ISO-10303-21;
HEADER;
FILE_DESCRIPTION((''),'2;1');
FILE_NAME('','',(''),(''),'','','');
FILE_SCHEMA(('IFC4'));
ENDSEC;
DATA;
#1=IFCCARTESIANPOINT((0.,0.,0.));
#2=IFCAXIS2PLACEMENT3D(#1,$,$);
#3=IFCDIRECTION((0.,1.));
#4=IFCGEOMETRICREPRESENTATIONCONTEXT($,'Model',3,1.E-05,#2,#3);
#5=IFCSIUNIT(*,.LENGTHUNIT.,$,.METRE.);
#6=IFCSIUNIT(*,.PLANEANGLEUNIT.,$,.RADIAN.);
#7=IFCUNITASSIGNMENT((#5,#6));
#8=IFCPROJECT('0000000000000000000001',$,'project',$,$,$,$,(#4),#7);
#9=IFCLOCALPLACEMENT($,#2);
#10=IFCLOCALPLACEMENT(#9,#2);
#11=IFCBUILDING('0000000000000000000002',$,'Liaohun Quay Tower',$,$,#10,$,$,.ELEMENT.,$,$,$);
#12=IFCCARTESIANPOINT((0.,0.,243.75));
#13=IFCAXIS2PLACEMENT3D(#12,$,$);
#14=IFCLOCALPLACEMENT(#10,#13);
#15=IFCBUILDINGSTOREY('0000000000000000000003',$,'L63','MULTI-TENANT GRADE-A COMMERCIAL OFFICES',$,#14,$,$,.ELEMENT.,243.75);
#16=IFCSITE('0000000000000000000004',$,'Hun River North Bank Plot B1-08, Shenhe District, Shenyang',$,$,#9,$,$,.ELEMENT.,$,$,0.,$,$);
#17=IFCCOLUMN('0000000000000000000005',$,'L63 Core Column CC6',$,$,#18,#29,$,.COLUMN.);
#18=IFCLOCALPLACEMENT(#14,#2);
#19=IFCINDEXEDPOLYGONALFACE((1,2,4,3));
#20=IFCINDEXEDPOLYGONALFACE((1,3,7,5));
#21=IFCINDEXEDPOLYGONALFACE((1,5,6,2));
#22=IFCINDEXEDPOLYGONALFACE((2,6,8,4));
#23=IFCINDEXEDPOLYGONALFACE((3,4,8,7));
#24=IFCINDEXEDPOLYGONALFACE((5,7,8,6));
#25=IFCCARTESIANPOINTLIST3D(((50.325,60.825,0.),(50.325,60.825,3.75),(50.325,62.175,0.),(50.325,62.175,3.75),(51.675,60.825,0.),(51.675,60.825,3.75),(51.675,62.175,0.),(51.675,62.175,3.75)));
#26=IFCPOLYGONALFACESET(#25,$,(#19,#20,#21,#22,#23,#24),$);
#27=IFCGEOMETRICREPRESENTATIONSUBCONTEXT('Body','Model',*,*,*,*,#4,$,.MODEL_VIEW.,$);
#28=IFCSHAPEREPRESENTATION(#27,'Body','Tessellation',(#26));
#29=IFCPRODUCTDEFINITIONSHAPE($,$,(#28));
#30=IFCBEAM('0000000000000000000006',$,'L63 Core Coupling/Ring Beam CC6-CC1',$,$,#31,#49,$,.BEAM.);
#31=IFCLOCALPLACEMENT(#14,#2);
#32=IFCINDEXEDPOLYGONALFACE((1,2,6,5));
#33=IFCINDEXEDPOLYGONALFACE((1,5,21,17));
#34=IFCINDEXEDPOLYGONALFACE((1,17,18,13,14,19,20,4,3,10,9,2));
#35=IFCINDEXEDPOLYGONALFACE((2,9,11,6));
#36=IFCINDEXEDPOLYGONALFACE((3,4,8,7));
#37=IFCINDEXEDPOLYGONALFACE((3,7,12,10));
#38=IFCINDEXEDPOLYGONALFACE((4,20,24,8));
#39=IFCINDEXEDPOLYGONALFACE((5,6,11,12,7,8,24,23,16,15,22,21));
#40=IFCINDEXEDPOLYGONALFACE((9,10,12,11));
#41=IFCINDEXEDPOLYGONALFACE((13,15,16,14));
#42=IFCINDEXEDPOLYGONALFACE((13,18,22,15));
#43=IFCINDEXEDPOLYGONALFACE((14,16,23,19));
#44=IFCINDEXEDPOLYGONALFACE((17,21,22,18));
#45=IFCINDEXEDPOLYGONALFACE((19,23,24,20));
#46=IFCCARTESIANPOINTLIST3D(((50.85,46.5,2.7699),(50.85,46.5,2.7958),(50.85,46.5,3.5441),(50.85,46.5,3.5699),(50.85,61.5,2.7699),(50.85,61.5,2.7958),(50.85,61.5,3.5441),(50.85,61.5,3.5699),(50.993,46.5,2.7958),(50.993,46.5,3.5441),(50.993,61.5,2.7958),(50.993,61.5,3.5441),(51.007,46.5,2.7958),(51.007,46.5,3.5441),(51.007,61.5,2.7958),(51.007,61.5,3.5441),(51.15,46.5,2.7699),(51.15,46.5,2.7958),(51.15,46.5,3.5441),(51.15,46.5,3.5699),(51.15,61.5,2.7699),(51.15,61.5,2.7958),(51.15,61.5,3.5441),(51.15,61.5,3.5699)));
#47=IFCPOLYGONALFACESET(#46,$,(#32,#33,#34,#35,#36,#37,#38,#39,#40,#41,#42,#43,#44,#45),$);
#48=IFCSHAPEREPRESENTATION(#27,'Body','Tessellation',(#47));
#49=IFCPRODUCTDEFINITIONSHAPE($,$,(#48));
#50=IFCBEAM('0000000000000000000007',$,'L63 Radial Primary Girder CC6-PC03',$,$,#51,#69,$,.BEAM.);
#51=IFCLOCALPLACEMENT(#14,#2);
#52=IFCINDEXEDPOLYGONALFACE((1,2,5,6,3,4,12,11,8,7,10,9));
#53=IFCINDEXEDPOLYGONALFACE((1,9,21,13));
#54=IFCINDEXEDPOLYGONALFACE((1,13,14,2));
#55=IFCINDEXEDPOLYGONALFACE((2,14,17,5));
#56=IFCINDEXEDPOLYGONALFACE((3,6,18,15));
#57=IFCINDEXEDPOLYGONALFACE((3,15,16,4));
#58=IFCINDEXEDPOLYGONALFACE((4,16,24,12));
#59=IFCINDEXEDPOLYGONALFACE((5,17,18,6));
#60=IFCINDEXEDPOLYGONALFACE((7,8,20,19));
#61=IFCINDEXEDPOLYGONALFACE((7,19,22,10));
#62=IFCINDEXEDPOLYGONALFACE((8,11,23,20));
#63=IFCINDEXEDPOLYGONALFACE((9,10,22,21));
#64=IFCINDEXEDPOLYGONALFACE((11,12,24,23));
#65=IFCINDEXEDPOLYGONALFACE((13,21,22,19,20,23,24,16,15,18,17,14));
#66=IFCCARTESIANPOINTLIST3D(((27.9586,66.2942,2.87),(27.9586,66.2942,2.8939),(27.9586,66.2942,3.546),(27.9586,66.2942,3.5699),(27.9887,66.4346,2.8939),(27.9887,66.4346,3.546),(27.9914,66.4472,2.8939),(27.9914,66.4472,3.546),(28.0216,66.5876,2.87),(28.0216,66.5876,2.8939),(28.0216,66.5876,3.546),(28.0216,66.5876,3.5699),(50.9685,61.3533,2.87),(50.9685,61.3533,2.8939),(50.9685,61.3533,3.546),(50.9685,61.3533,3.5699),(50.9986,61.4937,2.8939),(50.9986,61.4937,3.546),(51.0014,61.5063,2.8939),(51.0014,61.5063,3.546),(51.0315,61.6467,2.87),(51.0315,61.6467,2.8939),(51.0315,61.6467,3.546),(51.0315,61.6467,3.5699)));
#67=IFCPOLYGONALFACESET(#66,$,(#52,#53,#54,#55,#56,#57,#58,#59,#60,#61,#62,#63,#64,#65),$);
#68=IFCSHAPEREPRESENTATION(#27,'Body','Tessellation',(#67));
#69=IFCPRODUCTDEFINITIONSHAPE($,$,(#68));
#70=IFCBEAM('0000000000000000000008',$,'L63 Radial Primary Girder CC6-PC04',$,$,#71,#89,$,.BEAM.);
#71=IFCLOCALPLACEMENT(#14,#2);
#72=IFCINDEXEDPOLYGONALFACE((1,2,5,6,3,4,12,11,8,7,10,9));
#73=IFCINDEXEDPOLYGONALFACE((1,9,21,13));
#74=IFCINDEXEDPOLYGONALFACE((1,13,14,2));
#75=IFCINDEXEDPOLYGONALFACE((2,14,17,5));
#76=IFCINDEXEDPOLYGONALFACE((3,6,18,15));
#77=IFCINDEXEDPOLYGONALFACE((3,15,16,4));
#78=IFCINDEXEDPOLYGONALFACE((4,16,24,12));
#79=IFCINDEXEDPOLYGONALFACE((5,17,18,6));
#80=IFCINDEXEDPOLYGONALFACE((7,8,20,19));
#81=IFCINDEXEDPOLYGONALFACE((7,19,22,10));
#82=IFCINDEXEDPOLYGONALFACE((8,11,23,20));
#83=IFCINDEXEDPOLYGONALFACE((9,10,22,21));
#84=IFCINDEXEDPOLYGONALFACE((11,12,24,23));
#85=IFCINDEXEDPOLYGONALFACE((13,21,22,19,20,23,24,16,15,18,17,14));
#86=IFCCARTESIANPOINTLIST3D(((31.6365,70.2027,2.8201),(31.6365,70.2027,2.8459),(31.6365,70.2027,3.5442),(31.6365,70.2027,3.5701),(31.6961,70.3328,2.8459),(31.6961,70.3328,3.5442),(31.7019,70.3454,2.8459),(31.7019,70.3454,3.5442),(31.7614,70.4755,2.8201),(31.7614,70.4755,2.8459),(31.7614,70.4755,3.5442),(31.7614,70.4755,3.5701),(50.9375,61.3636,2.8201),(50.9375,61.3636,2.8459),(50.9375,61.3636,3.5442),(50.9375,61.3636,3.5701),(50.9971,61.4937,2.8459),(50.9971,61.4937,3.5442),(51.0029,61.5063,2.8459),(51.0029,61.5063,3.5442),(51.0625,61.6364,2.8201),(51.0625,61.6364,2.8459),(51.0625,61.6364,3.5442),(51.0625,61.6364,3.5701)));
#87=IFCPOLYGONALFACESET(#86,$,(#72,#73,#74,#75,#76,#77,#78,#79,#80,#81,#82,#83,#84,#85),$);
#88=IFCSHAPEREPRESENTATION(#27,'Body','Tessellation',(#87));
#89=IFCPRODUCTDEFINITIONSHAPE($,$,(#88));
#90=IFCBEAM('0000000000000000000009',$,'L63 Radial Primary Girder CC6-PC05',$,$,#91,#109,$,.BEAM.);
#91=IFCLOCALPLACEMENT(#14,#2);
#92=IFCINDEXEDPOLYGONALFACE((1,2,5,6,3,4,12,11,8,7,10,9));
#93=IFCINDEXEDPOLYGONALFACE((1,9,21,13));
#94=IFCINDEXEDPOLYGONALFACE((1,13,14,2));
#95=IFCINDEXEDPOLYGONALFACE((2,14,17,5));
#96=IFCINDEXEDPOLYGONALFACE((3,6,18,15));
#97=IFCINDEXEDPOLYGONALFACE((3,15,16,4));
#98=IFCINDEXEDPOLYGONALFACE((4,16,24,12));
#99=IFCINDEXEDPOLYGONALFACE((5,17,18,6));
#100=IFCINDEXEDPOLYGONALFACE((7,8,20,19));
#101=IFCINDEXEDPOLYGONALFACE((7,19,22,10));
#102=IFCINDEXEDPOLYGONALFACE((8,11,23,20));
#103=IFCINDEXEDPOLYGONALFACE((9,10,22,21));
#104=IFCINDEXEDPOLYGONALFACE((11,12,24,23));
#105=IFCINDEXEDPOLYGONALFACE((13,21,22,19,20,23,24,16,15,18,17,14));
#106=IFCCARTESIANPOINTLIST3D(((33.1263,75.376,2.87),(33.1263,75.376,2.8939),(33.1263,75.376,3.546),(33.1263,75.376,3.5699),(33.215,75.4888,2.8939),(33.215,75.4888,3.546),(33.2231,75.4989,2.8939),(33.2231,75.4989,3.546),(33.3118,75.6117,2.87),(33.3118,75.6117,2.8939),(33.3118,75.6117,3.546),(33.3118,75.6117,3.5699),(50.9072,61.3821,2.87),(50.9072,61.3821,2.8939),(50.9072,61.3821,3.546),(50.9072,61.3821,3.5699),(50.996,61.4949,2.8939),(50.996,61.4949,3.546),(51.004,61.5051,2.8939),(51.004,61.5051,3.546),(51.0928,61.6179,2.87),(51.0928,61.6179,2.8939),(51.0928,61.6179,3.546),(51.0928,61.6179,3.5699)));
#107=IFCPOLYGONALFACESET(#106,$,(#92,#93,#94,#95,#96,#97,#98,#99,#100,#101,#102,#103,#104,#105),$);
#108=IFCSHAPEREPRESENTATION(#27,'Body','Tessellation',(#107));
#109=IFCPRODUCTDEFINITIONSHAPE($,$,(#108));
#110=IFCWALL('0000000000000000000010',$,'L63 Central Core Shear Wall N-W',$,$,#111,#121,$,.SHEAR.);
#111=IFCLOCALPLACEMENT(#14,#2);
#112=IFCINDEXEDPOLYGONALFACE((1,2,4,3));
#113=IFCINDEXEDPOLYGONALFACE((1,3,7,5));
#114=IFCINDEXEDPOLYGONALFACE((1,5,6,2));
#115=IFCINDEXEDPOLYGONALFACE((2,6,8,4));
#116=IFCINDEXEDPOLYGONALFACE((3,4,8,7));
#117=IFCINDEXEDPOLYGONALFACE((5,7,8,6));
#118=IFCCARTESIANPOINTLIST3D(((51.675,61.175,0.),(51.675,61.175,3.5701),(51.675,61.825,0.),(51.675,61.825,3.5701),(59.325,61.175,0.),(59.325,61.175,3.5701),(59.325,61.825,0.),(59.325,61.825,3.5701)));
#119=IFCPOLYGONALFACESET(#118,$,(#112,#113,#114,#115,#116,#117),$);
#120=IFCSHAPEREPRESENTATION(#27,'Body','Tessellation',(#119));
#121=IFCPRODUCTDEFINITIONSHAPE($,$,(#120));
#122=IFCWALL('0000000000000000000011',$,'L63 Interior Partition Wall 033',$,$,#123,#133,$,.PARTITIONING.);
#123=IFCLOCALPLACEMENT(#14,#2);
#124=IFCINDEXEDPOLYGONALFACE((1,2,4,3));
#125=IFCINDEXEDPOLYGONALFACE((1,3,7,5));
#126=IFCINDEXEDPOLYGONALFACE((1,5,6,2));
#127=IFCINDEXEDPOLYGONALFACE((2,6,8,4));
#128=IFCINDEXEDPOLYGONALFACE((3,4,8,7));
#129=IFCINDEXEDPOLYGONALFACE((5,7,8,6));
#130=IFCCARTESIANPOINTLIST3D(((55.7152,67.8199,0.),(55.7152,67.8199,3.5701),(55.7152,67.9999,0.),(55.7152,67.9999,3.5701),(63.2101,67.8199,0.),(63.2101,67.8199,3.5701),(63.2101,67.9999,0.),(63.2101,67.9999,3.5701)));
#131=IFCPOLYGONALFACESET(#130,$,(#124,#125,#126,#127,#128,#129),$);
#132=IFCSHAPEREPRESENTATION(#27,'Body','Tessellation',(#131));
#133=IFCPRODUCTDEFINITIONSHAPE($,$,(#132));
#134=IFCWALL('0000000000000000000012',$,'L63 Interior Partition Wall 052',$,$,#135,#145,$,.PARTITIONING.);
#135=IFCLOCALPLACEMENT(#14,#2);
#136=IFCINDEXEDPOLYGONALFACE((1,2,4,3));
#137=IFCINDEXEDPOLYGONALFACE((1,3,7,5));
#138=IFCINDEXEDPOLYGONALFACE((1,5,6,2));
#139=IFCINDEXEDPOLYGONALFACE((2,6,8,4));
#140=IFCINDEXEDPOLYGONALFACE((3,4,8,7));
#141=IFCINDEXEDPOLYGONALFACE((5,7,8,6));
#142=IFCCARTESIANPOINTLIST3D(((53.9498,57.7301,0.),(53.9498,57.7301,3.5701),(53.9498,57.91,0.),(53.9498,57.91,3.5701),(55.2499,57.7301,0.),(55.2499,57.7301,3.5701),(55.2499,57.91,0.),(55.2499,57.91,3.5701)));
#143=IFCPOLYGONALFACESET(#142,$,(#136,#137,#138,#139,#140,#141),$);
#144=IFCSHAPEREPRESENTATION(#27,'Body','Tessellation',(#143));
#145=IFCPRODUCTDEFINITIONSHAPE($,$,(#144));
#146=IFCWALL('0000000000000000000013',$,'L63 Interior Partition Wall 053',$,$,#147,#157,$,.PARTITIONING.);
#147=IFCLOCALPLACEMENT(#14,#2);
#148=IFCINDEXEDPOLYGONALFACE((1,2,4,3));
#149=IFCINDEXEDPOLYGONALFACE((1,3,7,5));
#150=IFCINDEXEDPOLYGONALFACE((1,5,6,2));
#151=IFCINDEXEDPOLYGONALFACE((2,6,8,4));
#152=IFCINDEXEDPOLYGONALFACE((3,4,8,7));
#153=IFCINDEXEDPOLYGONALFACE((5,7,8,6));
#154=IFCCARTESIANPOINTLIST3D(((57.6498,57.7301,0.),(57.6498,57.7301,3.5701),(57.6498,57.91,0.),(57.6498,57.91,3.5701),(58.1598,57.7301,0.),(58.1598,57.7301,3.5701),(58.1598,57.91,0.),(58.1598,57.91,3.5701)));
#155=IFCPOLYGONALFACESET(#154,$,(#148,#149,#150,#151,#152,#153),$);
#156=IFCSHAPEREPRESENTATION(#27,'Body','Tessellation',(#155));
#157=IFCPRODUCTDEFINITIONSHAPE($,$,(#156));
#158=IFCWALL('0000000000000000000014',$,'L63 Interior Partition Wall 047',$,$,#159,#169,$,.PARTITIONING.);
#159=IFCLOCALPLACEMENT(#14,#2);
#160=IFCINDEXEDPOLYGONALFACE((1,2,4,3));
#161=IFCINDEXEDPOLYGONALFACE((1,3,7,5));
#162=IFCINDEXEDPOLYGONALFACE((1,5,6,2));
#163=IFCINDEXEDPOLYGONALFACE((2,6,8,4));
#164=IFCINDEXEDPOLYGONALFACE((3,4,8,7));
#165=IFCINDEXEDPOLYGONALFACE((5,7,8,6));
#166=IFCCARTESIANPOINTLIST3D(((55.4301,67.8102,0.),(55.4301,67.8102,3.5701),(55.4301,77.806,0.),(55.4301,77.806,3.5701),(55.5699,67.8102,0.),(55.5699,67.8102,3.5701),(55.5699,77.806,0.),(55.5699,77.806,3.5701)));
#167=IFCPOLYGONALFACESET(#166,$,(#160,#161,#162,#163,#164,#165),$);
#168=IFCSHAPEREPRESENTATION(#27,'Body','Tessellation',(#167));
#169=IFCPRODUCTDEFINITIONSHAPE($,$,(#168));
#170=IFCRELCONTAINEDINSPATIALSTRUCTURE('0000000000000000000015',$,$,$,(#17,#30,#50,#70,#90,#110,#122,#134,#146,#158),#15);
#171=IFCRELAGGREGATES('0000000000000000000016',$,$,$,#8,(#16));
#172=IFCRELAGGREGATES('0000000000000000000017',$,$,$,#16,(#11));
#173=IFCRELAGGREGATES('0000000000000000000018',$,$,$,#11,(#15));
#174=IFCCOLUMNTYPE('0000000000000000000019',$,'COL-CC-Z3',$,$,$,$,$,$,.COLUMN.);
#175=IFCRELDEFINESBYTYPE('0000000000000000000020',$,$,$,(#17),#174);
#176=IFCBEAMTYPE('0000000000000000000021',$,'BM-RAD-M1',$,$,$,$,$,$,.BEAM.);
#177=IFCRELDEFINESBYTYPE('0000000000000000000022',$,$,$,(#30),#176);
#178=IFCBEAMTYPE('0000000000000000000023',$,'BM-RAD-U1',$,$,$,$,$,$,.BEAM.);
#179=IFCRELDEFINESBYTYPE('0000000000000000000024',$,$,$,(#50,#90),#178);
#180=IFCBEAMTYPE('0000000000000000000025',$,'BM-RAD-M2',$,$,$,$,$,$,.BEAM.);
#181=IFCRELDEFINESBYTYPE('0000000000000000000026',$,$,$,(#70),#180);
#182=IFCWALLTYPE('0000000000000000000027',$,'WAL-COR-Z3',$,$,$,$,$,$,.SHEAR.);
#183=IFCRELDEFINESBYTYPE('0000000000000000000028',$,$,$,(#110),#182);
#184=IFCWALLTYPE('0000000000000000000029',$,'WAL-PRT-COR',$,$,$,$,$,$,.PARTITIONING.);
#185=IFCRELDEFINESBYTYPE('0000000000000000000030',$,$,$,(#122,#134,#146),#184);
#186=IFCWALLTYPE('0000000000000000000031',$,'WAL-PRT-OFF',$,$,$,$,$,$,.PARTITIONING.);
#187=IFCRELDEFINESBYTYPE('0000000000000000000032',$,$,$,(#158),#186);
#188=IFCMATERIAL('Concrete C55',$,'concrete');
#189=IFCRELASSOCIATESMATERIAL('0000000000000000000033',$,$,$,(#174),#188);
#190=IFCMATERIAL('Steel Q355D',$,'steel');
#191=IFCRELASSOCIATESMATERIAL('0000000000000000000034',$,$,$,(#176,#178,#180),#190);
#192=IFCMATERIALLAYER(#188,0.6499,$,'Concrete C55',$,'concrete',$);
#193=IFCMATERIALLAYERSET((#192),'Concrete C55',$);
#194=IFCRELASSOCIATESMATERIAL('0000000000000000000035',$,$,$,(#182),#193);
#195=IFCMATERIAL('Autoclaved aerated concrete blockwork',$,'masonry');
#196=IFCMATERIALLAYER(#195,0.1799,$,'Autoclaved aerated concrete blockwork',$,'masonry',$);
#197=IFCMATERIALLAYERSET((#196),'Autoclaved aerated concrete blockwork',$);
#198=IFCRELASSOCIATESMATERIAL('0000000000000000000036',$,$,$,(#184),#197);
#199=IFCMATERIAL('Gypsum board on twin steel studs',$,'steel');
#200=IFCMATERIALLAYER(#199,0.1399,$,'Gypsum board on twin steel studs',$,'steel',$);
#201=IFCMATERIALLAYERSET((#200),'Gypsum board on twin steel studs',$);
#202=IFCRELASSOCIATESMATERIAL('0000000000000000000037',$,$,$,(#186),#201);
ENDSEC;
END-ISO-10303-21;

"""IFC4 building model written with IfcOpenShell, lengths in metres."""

from ifc_helpers import new_model, si_unit, direction, frame, frame_2d, origin, origin_2d, place, context, subcontext, project, spatial, rectangle, i_section, extrude, source, transform, mapped, material, layer, layer_set, material_profile, profile_set, type_object, element, save


model = new_model("IFC4")

# Units and contexts
model_context = context("Model", 3, precision=1e-05, world=origin(), true_north=direction((0.0, 1.0)))
body_context = subcontext(model_context, "Body", "Model", "MODEL_VIEW")
ifc_project = project(units=[si_unit("LENGTHUNIT", "METRE"), si_unit("PLANEANGLEUNIT", "RADIAN")], contexts=[model_context])

# Site, building, storey
site_placement = place(None, origin())
site = spatial("IfcSite", under=ifc_project, at=site_placement, Name="Hun River North Bank Plot B1-08, Shenhe District, Shenyang", CompositionType="ELEMENT", RefElevation=0.0)
building_placement = place(site_placement, origin())
building = spatial("IfcBuilding", under=site, at=building_placement, Name="Liaohun Quay Tower", CompositionType="ELEMENT")
storey_placement = place(building_placement, frame((0.0, 0.0, 243.75)))
storey = spatial("IfcBuildingStorey", under=building, at=storey_placement, Name="L63", Description="MULTI-TENANT GRADE-A COMMERCIAL OFFICES", CompositionType="ELEMENT", Elevation=243.75)

# Column
ifc_material_1 = material(Name="Concrete C55", Category="concrete")
ifc_material_profile_1 = material_profile(ifc_material_1, rectangle(XDim=1.3501, YDim=1.3501, at=origin_2d()), Name="RC1350x1350")
ifc_profile_set_1 = profile_set([ifc_material_profile_1], Name="Concrete C55")
column_type = type_object("IfcColumnType", Name="COL-CC-Z3", PredefinedType="COLUMN", material=ifc_profile_set_1)
shared_shape_1 = source(origin(), body_context, "Body", "SweptSolid", [
    extrude(rectangle(XDim=1.3501, YDim=1.3501, at=origin_2d()), origin(), (0.0, 0.0, 1.0), 3.75),
])
column_placement = place(storey_placement, frame((51.0, 61.5, 0.0), z_axis=(0.0, 0.0, 1.0), x_axis=(1.0, 0.0, 0.0)))
element("IfcColumn", 1, at=column_placement, inside=storey, type_object=column_type, Name="L63 Core Column CC6", PredefinedType="COLUMN", context=body_context, shape_type="MappedRepresentation", body=[
    mapped(shared_shape_1, transform((0.0, 0.0, 0.0), x_axis=(1.0, 0.0, 0.0), y_axis=(0.0, 1.0, 0.0), z_axis=(0.0, 0.0, 1.0), scale=1.0)),
])

# Beams
ifc_material_2 = material(Name="Steel Q355D", Category="steel")
ifc_material_profile_2 = material_profile(ifc_material_2, i_section(OverallWidth=0.3, OverallDepth=0.8, WebThickness=0.0139, FlangeThickness=0.0259, at=origin_2d()), Name="HN800x300x14x26")
ifc_profile_set_2 = profile_set([ifc_material_profile_2], Name="Steel Q355D")
beam_type_1 = type_object("IfcBeamType", Name="BM-RAD-M1", PredefinedType="BEAM", material=ifc_profile_set_2)
shared_shape_2 = source(origin(), body_context, "Body", "SweptSolid", [
    extrude(i_section(OverallWidth=0.3, OverallDepth=0.8, WebThickness=0.0139, FlangeThickness=0.0259, at=origin_2d()), origin(), (0.0, 0.0, 1.0), 15.0),
])
beam_1_placement = place(storey_placement, frame((51.0, 61.5, 3.1699), z_axis=(0.0, -1.0, 0.0), x_axis=(1.0, 0.0, 0.0)))
element("IfcBeam", 2, at=beam_1_placement, inside=storey, type_object=beam_type_1, Name="L63 Core Coupling/Ring Beam CC6-CC1", PredefinedType="BEAM", context=body_context, shape_type="MappedRepresentation", body=[
    mapped(shared_shape_2, transform((0.0, 0.0, 0.0), x_axis=(1.0, 0.0, 0.0), y_axis=(0.0, 1.0, 0.0), z_axis=(0.0, 0.0, 1.0), scale=1.0)),
])
ifc_material_profile_3 = material_profile(ifc_material_2, i_section(OverallWidth=0.3, OverallDepth=0.7, WebThickness=0.0129, FlangeThickness=0.0239, at=origin_2d()), Name="HN700x300x13x24")
ifc_profile_set_3 = profile_set([ifc_material_profile_3], Name="Steel Q355D")
beam_type_2 = type_object("IfcBeamType", Name="BM-RAD-U1", PredefinedType="BEAM", material=ifc_profile_set_3)
shared_shape_3 = source(origin(), body_context, "Body", "SweptSolid", [
    extrude(i_section(OverallWidth=0.3, OverallDepth=0.7, WebThickness=0.0129, FlangeThickness=0.0239, at=origin_2d()), origin(), (0.0, 0.0, 1.0), 23.5344),
])
beam_2_placement = place(storey_placement, frame((51.0, 61.5, 3.22), z_axis=(-0.977714, 0.209944, 0.0), x_axis=(-0.209944, -0.977714, 0.0)))
element("IfcBeam", 3, at=beam_2_placement, inside=storey, type_object=beam_type_2, Name="L63 Radial Primary Girder CC6-PC03", PredefinedType="BEAM", context=body_context, shape_type="MappedRepresentation", body=[
    mapped(shared_shape_3, transform((0.0, 0.0, 0.0), x_axis=(1.0, 0.0, 0.0), y_axis=(0.0, 1.0, 0.0), z_axis=(0.0, 0.0, 1.0), scale=1.0)),
])
ifc_material_profile_4 = material_profile(ifc_material_2, i_section(OverallWidth=0.3, OverallDepth=0.75, WebThickness=0.0139, FlangeThickness=0.0259, at=origin_2d()), Name="HN750x300x14x26")
ifc_profile_set_4 = profile_set([ifc_material_profile_4], Name="Steel Q355D")
beam_type_3 = type_object("IfcBeamType", Name="BM-RAD-M2", PredefinedType="BEAM", material=ifc_profile_set_4)
shared_shape_4 = source(origin(), body_context, "Body", "SweptSolid", [
    extrude(i_section(OverallWidth=0.3, OverallDepth=0.75, WebThickness=0.0139, FlangeThickness=0.0259, at=origin_2d()), origin(), (0.0, 0.0, 1.0), 21.2288),
])
beam_3_placement = place(storey_placement, frame((51.0, 61.5, 3.1951), z_axis=(-0.909193, 0.416375, 0.0), x_axis=(-0.416375, -0.909193, 0.0)))
element("IfcBeam", 4, at=beam_3_placement, inside=storey, type_object=beam_type_3, Name="L63 Radial Primary Girder CC6-PC04", PredefinedType="BEAM", context=body_context, shape_type="MappedRepresentation", body=[
    mapped(shared_shape_4, transform((0.0, 0.0, 0.0), x_axis=(1.0, 0.0, 0.0), y_axis=(0.0, 1.0, 0.0), z_axis=(0.0, 0.0, 1.0), scale=1.0)),
])
shared_shape_5 = source(origin(), body_context, "Body", "SweptSolid", [
    extrude(i_section(OverallWidth=0.3, OverallDepth=0.7, WebThickness=0.0129, FlangeThickness=0.0239, at=origin_2d()), origin(), (0.0, 0.0, 1.0), 22.6272),
])
beam_4_placement = place(storey_placement, frame((51.0, 61.5, 3.22), z_axis=(-0.785822, 0.618453, 0.0), x_axis=(-0.618453, -0.785822, 0.0)))
element("IfcBeam", 5, at=beam_4_placement, inside=storey, type_object=beam_type_2, Name="L63 Radial Primary Girder CC6-PC05", PredefinedType="BEAM", context=body_context, shape_type="MappedRepresentation", body=[
    mapped(shared_shape_5, transform((0.0, 0.0, 0.0), x_axis=(1.0, 0.0, 0.0), y_axis=(0.0, 1.0, 0.0), z_axis=(0.0, 0.0, 1.0), scale=1.0)),
])

# Walls
ifc_layer_1 = layer(ifc_material_1, 0.6499, Name="Concrete C55", Category="concrete")
ifc_layer_set_1 = layer_set([ifc_layer_1], Name="Concrete C55")
wall_type_1 = type_object("IfcWallType", Name="WAL-COR-Z3", PredefinedType="SHEAR", material=ifc_layer_set_1)
wall_1_placement = place(storey_placement, frame((51.675, 61.5, 0.0), z_axis=(0.0, 0.0, 1.0), x_axis=(1.0, 0.0, 0.0)))
element("IfcWall", 6, at=wall_1_placement, inside=storey, type_object=wall_type_1, Name="L63 Central Core Shear Wall N-W", PredefinedType="SHEAR", context=body_context, shape_type="SweptSolid", body=[
    extrude(rectangle(XDim=7.6499, YDim=0.6499, at=frame_2d((3.825, 0.0))), origin(), (0.0, 0.0, 1.0), 3.5701),
])
ifc_material_3 = material(Name="Autoclaved aerated concrete blockwork", Category="masonry")
ifc_layer_2 = layer(ifc_material_3, 0.1799, Name="Autoclaved aerated concrete blockwork", Category="masonry")
ifc_layer_set_2 = layer_set([ifc_layer_2], Name="Autoclaved aerated concrete blockwork")
wall_type_2 = type_object("IfcWallType", Name="WAL-PRT-COR", PredefinedType="PARTITIONING", material=ifc_layer_set_2)
wall_2_placement = place(storey_placement, frame((55.7151, 67.9099, 0.0), z_axis=(0.0, 0.0, 1.0), x_axis=(1.0, 0.0, 0.0)))
element("IfcWall", 7, at=wall_2_placement, inside=storey, type_object=wall_type_2, Name="L63 Interior Partition Wall 033", PredefinedType="PARTITIONING", context=body_context, shape_type="SweptSolid", body=[
    extrude(rectangle(XDim=7.4949, YDim=0.1799, at=frame_2d((3.7476, 0.0))), origin(), (0.0, 0.0, 1.0), 3.5701),
])
wall_3_placement = place(storey_placement, frame((53.95, 57.8201, 0.0), z_axis=(0.0, 0.0, 1.0), x_axis=(1.0, 0.0, 0.0)))
element("IfcWall", 8, at=wall_3_placement, inside=storey, type_object=wall_type_2, Name="L63 Interior Partition Wall 052", PredefinedType="PARTITIONING", context=body_context, shape_type="SweptSolid", body=[
    extrude(rectangle(XDim=1.3, YDim=0.1799, at=frame_2d((0.6499, 0.0))), origin(), (0.0, 0.0, 1.0), 3.5701),
])
wall_4_placement = place(storey_placement, frame((57.6499, 57.8201, 0.0), z_axis=(0.0, 0.0, 1.0), x_axis=(1.0, 0.0, 0.0)))
element("IfcWall", 9, at=wall_4_placement, inside=storey, type_object=wall_type_2, Name="L63 Interior Partition Wall 053", PredefinedType="PARTITIONING", context=body_context, shape_type="SweptSolid", body=[
    extrude(rectangle(XDim=0.51, YDim=0.1799, at=frame_2d((0.2549, 0.0))), origin(), (0.0, 0.0, 1.0), 3.5701),
])
ifc_material_4 = material(Name="Gypsum board on twin steel studs", Category="steel")
ifc_layer_3 = layer(ifc_material_4, 0.1399, Name="Gypsum board on twin steel studs", Category="steel")
ifc_layer_set_3 = layer_set([ifc_layer_3], Name="Gypsum board on twin steel studs")
wall_type_3 = type_object("IfcWallType", Name="WAL-PRT-OFF", PredefinedType="PARTITIONING", material=ifc_layer_set_3)
wall_5_placement = place(storey_placement, frame((55.5, 67.8101, 0.0), z_axis=(0.0, 0.0, 1.0), x_axis=(0.0, 1.0, 0.0)))
element("IfcWall", 10, at=wall_5_placement, inside=storey, type_object=wall_type_3, Name="L63 Interior Partition Wall 047", PredefinedType="PARTITIONING", context=body_context, shape_type="SweptSolid", body=[
    extrude(rectangle(XDim=9.9958, YDim=0.1399, at=frame_2d((4.998, 0.0))), origin(), (0.0, 0.0, 1.0), 3.5701),
])

save(model, "model.ifc")
